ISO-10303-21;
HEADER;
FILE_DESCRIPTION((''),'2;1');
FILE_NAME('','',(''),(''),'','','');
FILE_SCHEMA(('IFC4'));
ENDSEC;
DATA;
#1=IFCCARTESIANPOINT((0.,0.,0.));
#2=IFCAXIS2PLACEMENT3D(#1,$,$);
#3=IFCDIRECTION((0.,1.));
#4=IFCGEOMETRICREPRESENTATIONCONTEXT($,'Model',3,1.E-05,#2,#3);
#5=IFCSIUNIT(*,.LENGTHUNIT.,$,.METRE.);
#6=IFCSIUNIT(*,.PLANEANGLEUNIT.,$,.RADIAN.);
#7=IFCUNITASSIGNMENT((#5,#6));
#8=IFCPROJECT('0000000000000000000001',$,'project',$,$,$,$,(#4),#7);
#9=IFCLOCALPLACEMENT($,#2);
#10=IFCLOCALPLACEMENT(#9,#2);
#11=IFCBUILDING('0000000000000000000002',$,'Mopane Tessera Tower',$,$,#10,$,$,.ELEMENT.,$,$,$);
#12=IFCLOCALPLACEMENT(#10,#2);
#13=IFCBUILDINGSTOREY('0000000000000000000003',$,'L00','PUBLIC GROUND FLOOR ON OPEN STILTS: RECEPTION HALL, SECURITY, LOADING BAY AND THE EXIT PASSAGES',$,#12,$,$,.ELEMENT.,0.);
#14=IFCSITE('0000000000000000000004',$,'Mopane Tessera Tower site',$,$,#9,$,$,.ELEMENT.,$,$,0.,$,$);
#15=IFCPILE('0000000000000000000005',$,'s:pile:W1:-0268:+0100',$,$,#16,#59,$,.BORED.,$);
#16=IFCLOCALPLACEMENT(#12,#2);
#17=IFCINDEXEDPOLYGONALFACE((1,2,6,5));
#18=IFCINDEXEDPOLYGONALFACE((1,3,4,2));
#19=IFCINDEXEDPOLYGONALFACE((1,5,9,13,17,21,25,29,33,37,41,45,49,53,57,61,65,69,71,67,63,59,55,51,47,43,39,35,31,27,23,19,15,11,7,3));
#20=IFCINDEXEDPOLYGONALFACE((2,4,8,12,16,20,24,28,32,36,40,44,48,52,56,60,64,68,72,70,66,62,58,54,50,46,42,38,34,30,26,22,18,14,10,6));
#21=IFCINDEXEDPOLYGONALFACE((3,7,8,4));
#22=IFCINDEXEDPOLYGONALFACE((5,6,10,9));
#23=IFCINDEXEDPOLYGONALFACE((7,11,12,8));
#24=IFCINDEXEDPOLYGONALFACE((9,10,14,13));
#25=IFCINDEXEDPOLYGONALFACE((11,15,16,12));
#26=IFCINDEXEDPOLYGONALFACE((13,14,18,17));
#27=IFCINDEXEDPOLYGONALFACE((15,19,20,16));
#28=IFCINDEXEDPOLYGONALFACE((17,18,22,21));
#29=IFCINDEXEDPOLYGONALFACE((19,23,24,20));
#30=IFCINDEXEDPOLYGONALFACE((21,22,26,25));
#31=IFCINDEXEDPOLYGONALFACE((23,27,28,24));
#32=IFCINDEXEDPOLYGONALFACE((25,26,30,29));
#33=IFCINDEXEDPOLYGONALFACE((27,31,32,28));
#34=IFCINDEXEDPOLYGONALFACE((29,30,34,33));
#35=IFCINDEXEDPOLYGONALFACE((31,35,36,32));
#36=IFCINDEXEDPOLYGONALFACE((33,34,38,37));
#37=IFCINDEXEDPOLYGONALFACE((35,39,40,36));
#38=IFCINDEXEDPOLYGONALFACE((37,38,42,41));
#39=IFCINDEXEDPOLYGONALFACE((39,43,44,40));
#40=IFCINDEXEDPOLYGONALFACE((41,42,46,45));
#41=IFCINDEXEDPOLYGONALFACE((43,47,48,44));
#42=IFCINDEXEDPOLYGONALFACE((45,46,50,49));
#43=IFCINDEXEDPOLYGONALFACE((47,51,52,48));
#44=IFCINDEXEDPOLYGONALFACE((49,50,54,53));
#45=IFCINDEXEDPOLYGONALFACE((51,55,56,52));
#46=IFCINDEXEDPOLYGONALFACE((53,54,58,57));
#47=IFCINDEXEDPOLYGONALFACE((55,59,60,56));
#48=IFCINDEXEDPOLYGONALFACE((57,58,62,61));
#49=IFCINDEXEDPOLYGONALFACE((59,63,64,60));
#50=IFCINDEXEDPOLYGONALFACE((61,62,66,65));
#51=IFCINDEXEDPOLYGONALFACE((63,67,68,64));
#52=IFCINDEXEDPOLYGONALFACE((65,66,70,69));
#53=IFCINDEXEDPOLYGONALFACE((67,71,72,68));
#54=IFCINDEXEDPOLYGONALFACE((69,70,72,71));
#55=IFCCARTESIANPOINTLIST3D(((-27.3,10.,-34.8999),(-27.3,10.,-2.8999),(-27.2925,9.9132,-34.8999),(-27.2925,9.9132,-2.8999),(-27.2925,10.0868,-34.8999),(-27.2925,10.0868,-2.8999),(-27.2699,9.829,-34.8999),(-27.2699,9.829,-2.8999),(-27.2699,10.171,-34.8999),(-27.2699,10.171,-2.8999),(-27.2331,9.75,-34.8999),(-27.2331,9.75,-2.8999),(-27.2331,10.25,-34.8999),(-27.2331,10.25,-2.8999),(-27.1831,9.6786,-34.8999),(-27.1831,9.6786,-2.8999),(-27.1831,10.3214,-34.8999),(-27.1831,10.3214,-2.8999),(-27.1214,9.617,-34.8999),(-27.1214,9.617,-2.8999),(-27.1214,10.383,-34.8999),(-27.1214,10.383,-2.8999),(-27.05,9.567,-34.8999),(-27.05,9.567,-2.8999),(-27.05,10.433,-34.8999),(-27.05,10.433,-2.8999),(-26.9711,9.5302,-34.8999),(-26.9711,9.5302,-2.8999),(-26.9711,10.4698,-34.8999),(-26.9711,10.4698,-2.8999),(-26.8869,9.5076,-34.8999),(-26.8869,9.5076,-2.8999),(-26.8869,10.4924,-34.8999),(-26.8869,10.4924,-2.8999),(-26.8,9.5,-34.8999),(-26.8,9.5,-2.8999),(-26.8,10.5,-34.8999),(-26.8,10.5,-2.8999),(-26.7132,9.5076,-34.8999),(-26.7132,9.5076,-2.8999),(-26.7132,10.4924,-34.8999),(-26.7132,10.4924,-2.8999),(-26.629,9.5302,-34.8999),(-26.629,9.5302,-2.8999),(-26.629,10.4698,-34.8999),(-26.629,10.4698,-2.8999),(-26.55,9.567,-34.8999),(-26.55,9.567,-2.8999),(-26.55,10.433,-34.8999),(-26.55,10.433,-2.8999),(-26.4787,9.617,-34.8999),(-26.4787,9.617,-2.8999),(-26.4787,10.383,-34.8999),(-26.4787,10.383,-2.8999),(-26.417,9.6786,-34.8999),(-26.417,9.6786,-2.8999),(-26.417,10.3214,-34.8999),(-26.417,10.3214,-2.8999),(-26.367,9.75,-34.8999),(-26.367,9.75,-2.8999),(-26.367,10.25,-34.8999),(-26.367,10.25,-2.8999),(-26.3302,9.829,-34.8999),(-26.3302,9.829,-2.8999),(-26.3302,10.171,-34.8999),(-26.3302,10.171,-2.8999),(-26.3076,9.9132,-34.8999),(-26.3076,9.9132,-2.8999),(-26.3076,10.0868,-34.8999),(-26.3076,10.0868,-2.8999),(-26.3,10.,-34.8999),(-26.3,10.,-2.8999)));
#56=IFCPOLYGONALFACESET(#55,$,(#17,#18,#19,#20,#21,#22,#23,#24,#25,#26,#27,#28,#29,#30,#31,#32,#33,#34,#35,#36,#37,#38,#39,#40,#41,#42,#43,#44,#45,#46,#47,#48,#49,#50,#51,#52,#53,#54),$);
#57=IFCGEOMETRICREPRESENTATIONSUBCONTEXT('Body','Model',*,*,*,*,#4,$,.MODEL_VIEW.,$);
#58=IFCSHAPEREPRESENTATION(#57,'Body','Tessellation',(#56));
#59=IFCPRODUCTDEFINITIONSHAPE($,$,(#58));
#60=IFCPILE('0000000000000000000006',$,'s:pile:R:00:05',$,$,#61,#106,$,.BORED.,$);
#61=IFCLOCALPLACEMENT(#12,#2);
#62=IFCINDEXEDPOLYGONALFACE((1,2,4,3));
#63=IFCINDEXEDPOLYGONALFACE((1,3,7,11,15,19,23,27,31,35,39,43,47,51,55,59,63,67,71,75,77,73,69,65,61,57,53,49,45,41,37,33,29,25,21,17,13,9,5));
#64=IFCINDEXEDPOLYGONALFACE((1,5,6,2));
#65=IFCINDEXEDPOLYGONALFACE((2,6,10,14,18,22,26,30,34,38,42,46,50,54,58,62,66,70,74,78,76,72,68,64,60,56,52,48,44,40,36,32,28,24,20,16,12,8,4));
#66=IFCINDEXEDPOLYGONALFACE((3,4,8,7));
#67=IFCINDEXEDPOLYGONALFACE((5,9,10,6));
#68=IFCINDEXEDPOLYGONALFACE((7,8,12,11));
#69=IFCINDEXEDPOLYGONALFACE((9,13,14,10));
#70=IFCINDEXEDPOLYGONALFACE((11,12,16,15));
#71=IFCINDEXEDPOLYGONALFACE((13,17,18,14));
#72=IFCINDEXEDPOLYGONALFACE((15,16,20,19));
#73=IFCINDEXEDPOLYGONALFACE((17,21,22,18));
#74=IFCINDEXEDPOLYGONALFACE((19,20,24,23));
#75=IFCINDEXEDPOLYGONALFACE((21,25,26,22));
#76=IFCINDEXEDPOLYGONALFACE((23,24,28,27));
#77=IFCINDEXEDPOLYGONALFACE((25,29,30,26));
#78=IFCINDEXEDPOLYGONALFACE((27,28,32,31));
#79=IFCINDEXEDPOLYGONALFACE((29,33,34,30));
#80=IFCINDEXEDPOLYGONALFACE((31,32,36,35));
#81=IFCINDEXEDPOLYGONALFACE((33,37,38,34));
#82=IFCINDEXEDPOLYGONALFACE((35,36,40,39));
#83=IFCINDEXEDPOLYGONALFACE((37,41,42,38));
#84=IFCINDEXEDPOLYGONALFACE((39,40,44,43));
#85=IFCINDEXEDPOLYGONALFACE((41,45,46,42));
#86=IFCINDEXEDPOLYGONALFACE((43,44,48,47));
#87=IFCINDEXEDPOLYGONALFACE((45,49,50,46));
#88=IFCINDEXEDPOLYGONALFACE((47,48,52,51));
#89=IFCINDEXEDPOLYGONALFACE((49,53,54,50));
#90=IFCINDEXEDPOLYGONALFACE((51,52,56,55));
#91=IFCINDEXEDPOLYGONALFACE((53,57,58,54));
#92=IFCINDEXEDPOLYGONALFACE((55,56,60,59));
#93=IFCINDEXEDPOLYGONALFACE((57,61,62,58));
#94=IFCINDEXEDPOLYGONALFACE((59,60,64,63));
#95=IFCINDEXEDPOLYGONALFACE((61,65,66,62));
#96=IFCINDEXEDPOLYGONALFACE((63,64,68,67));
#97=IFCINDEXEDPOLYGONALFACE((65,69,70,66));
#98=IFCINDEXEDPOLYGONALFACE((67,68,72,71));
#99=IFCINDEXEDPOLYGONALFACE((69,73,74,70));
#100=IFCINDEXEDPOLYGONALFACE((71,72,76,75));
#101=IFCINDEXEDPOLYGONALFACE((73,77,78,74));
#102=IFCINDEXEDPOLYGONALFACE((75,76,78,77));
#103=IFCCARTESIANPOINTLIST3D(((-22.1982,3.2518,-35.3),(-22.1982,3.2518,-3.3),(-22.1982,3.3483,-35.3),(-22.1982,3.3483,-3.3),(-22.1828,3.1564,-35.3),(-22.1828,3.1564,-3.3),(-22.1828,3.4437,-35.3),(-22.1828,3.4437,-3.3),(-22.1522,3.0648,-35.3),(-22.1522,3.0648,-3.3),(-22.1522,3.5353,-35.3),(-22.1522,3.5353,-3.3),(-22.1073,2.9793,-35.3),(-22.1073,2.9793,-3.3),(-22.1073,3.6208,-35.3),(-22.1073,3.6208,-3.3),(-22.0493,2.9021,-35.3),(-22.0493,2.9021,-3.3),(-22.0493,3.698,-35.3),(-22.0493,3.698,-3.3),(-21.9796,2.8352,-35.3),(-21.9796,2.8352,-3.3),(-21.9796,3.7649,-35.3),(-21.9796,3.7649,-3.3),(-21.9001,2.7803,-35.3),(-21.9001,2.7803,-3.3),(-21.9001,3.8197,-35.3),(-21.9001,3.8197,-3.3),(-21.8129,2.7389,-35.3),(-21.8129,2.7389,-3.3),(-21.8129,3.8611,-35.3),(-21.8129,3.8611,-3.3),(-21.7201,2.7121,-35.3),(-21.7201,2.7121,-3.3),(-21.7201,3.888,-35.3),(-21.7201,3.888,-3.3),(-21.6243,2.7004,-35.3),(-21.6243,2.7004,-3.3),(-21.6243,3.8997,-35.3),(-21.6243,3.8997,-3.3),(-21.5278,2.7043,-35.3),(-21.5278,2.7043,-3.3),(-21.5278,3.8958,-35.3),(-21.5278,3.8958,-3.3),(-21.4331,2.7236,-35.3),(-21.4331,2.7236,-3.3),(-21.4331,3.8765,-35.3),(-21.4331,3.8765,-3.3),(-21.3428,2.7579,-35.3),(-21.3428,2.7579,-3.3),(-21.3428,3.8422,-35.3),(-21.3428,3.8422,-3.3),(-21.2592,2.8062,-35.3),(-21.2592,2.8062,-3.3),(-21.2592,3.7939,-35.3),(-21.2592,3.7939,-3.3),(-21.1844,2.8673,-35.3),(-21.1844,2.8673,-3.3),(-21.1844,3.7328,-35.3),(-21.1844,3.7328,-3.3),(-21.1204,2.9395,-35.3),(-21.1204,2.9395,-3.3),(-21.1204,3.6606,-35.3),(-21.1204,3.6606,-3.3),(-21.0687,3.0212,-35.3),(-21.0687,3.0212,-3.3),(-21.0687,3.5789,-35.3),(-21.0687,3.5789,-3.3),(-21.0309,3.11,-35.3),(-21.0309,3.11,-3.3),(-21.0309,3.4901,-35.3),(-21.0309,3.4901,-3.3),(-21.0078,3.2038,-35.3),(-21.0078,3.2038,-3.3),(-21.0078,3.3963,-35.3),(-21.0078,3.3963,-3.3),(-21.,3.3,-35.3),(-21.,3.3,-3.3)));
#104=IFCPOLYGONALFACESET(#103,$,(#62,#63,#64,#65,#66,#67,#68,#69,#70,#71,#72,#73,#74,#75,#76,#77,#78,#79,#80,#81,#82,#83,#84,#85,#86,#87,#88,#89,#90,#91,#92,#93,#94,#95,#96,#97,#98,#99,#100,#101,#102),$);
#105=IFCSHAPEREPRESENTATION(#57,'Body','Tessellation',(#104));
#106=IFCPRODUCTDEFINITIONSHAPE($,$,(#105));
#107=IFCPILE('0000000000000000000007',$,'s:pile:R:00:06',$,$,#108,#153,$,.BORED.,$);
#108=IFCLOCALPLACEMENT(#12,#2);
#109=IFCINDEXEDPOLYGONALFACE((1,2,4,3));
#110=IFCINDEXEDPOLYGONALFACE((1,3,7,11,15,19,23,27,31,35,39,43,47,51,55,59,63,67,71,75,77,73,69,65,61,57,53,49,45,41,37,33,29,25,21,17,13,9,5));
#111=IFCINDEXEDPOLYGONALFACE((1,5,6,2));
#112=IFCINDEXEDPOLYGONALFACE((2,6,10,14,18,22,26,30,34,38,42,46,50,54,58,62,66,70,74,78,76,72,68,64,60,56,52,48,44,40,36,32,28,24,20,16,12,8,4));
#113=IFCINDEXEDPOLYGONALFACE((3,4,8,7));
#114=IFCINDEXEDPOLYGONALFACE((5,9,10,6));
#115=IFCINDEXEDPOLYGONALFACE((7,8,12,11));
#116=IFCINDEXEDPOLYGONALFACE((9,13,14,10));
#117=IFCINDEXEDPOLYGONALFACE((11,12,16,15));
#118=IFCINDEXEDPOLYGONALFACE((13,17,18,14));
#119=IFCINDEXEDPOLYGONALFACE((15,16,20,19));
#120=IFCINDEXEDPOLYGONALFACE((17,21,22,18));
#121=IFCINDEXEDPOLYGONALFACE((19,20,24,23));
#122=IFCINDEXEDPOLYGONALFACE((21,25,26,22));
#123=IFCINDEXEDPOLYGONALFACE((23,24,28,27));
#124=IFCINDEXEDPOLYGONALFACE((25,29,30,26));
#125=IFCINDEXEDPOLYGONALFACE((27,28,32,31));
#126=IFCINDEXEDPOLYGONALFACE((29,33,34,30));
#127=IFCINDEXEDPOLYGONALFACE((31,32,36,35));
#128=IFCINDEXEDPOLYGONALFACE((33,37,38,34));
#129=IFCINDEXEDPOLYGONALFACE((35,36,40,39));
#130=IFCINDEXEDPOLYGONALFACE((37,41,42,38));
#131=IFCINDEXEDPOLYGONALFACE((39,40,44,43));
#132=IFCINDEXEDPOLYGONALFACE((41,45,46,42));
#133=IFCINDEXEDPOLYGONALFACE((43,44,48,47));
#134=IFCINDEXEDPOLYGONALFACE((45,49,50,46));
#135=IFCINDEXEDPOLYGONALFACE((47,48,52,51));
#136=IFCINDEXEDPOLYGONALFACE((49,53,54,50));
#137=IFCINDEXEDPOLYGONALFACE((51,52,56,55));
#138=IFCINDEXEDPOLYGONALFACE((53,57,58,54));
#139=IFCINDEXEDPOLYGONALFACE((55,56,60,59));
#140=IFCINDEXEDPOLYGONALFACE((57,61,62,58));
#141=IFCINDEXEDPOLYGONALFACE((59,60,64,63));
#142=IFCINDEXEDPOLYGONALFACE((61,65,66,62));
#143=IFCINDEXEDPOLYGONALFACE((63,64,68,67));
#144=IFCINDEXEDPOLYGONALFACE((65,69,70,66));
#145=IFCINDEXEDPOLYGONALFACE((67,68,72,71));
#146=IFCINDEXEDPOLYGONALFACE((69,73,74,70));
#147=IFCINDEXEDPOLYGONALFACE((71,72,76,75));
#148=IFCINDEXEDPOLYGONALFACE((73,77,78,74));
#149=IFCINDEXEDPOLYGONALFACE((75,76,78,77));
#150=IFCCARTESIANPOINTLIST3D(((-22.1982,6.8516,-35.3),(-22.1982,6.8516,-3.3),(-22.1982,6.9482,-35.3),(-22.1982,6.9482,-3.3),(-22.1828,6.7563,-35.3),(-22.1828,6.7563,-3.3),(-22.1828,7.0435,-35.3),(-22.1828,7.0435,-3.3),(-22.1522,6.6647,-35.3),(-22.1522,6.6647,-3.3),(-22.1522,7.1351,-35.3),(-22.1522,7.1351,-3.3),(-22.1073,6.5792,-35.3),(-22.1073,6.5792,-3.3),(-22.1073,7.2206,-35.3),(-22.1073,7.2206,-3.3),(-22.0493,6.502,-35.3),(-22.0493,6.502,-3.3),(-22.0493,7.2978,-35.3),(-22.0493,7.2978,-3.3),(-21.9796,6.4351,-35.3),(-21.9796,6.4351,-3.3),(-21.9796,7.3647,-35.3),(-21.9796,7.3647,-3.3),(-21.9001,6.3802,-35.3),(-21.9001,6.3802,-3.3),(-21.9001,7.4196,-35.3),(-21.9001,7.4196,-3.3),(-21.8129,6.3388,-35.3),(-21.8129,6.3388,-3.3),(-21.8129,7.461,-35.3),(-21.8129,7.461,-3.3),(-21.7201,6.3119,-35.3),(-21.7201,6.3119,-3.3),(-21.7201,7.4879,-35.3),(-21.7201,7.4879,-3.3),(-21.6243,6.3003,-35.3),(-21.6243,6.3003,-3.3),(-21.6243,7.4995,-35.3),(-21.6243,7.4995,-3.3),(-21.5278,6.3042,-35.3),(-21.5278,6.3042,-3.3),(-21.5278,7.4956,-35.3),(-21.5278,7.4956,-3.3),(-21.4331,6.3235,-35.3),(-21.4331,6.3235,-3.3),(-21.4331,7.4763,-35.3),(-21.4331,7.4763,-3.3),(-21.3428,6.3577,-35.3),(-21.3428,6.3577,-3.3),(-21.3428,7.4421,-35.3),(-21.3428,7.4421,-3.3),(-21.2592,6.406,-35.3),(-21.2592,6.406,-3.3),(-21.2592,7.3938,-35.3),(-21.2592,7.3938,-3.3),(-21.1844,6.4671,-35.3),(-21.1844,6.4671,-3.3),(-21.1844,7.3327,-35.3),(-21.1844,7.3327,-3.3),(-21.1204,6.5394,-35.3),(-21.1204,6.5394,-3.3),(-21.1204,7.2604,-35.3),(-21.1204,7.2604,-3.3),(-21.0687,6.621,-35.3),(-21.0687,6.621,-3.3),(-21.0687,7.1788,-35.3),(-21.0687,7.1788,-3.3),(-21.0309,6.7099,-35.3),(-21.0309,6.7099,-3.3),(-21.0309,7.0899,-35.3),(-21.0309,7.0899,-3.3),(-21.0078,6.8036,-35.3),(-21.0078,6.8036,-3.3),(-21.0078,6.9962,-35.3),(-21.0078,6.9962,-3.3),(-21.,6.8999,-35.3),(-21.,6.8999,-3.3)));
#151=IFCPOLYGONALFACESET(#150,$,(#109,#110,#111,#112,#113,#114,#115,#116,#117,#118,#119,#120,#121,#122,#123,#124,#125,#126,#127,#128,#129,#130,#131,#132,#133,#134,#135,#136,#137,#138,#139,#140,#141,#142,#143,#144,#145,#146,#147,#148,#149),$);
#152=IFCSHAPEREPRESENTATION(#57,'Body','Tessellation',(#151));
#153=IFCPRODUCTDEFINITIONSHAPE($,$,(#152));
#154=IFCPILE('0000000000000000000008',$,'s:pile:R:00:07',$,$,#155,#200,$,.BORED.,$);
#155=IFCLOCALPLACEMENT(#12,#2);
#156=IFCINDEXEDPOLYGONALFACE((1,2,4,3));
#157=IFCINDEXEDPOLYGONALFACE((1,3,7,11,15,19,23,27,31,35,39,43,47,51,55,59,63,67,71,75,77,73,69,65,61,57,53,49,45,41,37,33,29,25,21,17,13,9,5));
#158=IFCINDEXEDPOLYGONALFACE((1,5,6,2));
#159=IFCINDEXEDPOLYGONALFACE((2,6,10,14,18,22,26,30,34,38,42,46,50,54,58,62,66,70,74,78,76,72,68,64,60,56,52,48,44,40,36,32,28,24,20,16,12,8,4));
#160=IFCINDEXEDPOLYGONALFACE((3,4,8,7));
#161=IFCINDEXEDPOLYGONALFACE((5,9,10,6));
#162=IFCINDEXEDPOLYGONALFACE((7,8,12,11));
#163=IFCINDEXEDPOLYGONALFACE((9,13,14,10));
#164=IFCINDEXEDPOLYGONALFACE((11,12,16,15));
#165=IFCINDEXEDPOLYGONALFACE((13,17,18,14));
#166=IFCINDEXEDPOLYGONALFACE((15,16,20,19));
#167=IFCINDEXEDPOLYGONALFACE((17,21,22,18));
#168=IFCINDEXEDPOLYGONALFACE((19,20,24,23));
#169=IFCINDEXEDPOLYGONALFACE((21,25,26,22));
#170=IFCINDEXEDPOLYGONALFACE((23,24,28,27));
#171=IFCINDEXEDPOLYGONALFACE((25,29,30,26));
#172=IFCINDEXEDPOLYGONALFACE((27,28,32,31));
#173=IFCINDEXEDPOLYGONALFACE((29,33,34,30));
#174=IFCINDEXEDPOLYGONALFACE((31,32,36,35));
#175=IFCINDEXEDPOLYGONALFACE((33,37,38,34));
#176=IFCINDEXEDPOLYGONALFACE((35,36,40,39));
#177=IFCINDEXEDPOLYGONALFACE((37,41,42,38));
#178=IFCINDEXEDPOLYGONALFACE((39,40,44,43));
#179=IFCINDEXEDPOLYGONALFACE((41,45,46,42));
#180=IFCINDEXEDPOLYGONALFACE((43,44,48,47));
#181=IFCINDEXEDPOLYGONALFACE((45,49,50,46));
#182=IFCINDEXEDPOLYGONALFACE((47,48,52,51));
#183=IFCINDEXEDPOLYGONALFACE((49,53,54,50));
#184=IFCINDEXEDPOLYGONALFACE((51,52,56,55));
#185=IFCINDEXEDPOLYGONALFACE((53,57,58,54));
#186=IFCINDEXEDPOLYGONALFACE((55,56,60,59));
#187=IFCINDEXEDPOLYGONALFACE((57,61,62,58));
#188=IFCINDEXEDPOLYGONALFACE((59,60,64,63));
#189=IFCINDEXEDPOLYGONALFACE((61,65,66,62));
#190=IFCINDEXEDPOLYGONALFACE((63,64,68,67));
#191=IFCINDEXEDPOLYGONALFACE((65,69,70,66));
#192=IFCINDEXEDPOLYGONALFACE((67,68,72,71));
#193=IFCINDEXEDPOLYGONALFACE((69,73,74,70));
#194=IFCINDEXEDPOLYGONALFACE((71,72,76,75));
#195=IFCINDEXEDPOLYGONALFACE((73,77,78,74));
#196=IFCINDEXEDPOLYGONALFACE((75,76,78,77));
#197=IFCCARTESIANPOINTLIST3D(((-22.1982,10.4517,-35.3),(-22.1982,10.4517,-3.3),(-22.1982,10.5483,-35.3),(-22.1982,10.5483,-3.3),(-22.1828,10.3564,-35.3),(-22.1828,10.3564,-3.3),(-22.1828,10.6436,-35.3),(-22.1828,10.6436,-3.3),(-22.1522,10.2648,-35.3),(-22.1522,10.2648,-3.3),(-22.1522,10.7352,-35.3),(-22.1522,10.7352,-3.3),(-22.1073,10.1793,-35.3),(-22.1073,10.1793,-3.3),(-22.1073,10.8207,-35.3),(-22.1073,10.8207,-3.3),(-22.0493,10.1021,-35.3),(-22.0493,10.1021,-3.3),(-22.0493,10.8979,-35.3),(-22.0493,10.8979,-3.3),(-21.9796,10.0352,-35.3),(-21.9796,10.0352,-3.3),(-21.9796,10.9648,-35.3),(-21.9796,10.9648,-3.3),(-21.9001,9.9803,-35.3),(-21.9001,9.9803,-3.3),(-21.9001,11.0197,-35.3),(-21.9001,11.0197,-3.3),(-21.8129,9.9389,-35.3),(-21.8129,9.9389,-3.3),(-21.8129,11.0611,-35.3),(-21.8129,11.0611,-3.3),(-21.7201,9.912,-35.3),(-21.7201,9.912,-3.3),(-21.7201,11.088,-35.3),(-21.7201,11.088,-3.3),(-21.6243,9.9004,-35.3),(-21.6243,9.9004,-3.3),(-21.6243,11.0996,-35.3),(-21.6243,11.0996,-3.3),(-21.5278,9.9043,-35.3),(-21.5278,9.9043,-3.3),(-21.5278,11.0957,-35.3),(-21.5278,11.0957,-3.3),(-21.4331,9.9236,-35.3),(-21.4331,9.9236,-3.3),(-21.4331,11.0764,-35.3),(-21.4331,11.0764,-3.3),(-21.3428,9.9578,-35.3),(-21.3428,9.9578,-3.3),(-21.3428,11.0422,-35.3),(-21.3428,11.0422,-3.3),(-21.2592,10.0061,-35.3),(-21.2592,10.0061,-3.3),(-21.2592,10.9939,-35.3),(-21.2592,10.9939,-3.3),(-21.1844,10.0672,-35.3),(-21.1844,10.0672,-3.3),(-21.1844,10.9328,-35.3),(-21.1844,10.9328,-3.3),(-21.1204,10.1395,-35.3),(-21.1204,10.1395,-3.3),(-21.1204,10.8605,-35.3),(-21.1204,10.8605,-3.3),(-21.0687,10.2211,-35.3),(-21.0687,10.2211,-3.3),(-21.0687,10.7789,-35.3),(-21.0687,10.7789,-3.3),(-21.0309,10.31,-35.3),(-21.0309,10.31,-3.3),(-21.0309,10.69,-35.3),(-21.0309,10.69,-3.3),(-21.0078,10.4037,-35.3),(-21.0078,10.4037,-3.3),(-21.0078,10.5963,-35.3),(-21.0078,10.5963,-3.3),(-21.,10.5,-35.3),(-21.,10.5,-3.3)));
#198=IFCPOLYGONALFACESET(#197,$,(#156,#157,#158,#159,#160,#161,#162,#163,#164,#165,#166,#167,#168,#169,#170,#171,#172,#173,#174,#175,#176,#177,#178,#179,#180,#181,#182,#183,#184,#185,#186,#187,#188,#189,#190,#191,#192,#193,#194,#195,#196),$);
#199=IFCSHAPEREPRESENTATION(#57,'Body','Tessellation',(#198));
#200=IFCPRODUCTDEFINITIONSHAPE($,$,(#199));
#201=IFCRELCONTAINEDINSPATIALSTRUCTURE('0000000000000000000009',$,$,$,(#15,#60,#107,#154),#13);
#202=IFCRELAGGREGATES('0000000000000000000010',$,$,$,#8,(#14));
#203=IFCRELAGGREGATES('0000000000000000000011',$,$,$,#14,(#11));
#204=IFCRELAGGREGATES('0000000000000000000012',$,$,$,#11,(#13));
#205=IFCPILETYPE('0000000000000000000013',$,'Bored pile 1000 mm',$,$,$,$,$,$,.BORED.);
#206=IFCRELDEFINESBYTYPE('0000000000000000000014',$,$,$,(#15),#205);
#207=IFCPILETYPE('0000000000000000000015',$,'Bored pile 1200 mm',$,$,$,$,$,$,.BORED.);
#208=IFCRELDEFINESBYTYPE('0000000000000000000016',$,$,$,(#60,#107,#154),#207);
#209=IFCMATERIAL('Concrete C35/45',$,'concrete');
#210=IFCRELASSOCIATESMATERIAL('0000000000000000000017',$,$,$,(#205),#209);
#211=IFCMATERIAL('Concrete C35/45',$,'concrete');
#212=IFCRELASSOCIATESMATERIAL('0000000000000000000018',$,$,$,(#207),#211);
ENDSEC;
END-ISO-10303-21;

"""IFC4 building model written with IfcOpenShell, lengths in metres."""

from ifc_helpers import new_model, si_unit, direction, frame, origin, origin_2d, place, context, subcontext, project, spatial, circle, extrude, material, material_profile, profile_set, type_object, element, save


model = new_model("IFC4")

# Units and contexts
model_context = context("Model", 3, precision=1e-05, world=origin(), true_north=direction((0.0, 1.0)))
body_context = subcontext(model_context, "Body", "Model", "MODEL_VIEW")
ifc_project = project(units=[si_unit("LENGTHUNIT", "METRE"), si_unit("PLANEANGLEUNIT", "RADIAN")], contexts=[model_context])

# Site, building, storey
site_placement = place(None, origin())
site = spatial("IfcSite", under=ifc_project, at=site_placement, Name="Mopane Tessera Tower site", CompositionType="ELEMENT", RefElevation=0.0)
building_placement = place(site_placement, origin())
building = spatial("IfcBuilding", under=site, at=building_placement, Name="Mopane Tessera Tower", CompositionType="ELEMENT")
storey_placement = place(building_placement, origin())
storey = spatial("IfcBuildingStorey", under=building, at=storey_placement, Name="L00", Description="PUBLIC GROUND FLOOR ON OPEN STILTS: RECEPTION HALL, SECURITY, LOADING BAY AND THE EXIT PASSAGES", CompositionType="ELEMENT", Elevation=0.0)

# Piles
ifc_material_1 = material(Name="Concrete C35/45", Category="concrete")
ifc_material_profile_1 = material_profile(ifc_material_1, circle(Radius=0.5, at=origin_2d()))
ifc_profile_set_1 = profile_set([ifc_material_profile_1], Name="Concrete C35/45")
pile_type_1 = type_object("IfcPileType", Name="Bored pile 1000 mm", PredefinedType="BORED", material=ifc_profile_set_1)
for number, where, z_axis, x_axis, name in (
    (1, (-26.8, 10.0, -2.8999), (0.0, 0.0, -1.0), (1.0, 0.0, 0.0), "s:pile:W1:-0268:+0100"),
):
    element("IfcPile", number, at=place(storey_placement, frame(where, z_axis=z_axis, x_axis=x_axis)), inside=storey, type_object=pile_type_1, Name=name, PredefinedType="BORED", context=body_context, shape_type="SweptSolid", body=[
        extrude(circle(Radius=0.5, at=origin_2d()), origin(), (0.0, 0.0, 1.0), 32.0),
    ])
ifc_material_2 = material(Name="Concrete C35/45", Category="concrete")
ifc_material_profile_2 = material_profile(ifc_material_2, circle(Radius=0.6001, at=origin_2d()))
ifc_profile_set_2 = profile_set([ifc_material_profile_2], Name="Concrete C35/45")
pile_type_2 = type_object("IfcPileType", Name="Bored pile 1200 mm", PredefinedType="BORED", material=ifc_profile_set_2)
for number, where, z_axis, x_axis, name in (
    (2, (-21.6001, 3.3, -3.3), (0.0, 0.0, -1.0), (1.0, 0.0, 0.0), "s:pile:R:00:05"),
    (3, (-21.6001, 6.8999, -3.3), (0.0, 0.0, -1.0), (1.0, 0.0, 0.0), "s:pile:R:00:06"),
    (4, (-21.6001, 10.5, -3.3), (0.0, 0.0, -1.0), (1.0, 0.0, 0.0), "s:pile:R:00:07"),
):
    element("IfcPile", number, at=place(storey_placement, frame(where, z_axis=z_axis, x_axis=x_axis)), inside=storey, type_object=pile_type_2, Name=name, PredefinedType="BORED", context=body_context, shape_type="SweptSolid", body=[
        extrude(circle(Radius=0.6001, at=origin_2d()), origin(), (0.0, 0.0, 1.0), 32.0),
    ])

save(model, "model.ifc")
